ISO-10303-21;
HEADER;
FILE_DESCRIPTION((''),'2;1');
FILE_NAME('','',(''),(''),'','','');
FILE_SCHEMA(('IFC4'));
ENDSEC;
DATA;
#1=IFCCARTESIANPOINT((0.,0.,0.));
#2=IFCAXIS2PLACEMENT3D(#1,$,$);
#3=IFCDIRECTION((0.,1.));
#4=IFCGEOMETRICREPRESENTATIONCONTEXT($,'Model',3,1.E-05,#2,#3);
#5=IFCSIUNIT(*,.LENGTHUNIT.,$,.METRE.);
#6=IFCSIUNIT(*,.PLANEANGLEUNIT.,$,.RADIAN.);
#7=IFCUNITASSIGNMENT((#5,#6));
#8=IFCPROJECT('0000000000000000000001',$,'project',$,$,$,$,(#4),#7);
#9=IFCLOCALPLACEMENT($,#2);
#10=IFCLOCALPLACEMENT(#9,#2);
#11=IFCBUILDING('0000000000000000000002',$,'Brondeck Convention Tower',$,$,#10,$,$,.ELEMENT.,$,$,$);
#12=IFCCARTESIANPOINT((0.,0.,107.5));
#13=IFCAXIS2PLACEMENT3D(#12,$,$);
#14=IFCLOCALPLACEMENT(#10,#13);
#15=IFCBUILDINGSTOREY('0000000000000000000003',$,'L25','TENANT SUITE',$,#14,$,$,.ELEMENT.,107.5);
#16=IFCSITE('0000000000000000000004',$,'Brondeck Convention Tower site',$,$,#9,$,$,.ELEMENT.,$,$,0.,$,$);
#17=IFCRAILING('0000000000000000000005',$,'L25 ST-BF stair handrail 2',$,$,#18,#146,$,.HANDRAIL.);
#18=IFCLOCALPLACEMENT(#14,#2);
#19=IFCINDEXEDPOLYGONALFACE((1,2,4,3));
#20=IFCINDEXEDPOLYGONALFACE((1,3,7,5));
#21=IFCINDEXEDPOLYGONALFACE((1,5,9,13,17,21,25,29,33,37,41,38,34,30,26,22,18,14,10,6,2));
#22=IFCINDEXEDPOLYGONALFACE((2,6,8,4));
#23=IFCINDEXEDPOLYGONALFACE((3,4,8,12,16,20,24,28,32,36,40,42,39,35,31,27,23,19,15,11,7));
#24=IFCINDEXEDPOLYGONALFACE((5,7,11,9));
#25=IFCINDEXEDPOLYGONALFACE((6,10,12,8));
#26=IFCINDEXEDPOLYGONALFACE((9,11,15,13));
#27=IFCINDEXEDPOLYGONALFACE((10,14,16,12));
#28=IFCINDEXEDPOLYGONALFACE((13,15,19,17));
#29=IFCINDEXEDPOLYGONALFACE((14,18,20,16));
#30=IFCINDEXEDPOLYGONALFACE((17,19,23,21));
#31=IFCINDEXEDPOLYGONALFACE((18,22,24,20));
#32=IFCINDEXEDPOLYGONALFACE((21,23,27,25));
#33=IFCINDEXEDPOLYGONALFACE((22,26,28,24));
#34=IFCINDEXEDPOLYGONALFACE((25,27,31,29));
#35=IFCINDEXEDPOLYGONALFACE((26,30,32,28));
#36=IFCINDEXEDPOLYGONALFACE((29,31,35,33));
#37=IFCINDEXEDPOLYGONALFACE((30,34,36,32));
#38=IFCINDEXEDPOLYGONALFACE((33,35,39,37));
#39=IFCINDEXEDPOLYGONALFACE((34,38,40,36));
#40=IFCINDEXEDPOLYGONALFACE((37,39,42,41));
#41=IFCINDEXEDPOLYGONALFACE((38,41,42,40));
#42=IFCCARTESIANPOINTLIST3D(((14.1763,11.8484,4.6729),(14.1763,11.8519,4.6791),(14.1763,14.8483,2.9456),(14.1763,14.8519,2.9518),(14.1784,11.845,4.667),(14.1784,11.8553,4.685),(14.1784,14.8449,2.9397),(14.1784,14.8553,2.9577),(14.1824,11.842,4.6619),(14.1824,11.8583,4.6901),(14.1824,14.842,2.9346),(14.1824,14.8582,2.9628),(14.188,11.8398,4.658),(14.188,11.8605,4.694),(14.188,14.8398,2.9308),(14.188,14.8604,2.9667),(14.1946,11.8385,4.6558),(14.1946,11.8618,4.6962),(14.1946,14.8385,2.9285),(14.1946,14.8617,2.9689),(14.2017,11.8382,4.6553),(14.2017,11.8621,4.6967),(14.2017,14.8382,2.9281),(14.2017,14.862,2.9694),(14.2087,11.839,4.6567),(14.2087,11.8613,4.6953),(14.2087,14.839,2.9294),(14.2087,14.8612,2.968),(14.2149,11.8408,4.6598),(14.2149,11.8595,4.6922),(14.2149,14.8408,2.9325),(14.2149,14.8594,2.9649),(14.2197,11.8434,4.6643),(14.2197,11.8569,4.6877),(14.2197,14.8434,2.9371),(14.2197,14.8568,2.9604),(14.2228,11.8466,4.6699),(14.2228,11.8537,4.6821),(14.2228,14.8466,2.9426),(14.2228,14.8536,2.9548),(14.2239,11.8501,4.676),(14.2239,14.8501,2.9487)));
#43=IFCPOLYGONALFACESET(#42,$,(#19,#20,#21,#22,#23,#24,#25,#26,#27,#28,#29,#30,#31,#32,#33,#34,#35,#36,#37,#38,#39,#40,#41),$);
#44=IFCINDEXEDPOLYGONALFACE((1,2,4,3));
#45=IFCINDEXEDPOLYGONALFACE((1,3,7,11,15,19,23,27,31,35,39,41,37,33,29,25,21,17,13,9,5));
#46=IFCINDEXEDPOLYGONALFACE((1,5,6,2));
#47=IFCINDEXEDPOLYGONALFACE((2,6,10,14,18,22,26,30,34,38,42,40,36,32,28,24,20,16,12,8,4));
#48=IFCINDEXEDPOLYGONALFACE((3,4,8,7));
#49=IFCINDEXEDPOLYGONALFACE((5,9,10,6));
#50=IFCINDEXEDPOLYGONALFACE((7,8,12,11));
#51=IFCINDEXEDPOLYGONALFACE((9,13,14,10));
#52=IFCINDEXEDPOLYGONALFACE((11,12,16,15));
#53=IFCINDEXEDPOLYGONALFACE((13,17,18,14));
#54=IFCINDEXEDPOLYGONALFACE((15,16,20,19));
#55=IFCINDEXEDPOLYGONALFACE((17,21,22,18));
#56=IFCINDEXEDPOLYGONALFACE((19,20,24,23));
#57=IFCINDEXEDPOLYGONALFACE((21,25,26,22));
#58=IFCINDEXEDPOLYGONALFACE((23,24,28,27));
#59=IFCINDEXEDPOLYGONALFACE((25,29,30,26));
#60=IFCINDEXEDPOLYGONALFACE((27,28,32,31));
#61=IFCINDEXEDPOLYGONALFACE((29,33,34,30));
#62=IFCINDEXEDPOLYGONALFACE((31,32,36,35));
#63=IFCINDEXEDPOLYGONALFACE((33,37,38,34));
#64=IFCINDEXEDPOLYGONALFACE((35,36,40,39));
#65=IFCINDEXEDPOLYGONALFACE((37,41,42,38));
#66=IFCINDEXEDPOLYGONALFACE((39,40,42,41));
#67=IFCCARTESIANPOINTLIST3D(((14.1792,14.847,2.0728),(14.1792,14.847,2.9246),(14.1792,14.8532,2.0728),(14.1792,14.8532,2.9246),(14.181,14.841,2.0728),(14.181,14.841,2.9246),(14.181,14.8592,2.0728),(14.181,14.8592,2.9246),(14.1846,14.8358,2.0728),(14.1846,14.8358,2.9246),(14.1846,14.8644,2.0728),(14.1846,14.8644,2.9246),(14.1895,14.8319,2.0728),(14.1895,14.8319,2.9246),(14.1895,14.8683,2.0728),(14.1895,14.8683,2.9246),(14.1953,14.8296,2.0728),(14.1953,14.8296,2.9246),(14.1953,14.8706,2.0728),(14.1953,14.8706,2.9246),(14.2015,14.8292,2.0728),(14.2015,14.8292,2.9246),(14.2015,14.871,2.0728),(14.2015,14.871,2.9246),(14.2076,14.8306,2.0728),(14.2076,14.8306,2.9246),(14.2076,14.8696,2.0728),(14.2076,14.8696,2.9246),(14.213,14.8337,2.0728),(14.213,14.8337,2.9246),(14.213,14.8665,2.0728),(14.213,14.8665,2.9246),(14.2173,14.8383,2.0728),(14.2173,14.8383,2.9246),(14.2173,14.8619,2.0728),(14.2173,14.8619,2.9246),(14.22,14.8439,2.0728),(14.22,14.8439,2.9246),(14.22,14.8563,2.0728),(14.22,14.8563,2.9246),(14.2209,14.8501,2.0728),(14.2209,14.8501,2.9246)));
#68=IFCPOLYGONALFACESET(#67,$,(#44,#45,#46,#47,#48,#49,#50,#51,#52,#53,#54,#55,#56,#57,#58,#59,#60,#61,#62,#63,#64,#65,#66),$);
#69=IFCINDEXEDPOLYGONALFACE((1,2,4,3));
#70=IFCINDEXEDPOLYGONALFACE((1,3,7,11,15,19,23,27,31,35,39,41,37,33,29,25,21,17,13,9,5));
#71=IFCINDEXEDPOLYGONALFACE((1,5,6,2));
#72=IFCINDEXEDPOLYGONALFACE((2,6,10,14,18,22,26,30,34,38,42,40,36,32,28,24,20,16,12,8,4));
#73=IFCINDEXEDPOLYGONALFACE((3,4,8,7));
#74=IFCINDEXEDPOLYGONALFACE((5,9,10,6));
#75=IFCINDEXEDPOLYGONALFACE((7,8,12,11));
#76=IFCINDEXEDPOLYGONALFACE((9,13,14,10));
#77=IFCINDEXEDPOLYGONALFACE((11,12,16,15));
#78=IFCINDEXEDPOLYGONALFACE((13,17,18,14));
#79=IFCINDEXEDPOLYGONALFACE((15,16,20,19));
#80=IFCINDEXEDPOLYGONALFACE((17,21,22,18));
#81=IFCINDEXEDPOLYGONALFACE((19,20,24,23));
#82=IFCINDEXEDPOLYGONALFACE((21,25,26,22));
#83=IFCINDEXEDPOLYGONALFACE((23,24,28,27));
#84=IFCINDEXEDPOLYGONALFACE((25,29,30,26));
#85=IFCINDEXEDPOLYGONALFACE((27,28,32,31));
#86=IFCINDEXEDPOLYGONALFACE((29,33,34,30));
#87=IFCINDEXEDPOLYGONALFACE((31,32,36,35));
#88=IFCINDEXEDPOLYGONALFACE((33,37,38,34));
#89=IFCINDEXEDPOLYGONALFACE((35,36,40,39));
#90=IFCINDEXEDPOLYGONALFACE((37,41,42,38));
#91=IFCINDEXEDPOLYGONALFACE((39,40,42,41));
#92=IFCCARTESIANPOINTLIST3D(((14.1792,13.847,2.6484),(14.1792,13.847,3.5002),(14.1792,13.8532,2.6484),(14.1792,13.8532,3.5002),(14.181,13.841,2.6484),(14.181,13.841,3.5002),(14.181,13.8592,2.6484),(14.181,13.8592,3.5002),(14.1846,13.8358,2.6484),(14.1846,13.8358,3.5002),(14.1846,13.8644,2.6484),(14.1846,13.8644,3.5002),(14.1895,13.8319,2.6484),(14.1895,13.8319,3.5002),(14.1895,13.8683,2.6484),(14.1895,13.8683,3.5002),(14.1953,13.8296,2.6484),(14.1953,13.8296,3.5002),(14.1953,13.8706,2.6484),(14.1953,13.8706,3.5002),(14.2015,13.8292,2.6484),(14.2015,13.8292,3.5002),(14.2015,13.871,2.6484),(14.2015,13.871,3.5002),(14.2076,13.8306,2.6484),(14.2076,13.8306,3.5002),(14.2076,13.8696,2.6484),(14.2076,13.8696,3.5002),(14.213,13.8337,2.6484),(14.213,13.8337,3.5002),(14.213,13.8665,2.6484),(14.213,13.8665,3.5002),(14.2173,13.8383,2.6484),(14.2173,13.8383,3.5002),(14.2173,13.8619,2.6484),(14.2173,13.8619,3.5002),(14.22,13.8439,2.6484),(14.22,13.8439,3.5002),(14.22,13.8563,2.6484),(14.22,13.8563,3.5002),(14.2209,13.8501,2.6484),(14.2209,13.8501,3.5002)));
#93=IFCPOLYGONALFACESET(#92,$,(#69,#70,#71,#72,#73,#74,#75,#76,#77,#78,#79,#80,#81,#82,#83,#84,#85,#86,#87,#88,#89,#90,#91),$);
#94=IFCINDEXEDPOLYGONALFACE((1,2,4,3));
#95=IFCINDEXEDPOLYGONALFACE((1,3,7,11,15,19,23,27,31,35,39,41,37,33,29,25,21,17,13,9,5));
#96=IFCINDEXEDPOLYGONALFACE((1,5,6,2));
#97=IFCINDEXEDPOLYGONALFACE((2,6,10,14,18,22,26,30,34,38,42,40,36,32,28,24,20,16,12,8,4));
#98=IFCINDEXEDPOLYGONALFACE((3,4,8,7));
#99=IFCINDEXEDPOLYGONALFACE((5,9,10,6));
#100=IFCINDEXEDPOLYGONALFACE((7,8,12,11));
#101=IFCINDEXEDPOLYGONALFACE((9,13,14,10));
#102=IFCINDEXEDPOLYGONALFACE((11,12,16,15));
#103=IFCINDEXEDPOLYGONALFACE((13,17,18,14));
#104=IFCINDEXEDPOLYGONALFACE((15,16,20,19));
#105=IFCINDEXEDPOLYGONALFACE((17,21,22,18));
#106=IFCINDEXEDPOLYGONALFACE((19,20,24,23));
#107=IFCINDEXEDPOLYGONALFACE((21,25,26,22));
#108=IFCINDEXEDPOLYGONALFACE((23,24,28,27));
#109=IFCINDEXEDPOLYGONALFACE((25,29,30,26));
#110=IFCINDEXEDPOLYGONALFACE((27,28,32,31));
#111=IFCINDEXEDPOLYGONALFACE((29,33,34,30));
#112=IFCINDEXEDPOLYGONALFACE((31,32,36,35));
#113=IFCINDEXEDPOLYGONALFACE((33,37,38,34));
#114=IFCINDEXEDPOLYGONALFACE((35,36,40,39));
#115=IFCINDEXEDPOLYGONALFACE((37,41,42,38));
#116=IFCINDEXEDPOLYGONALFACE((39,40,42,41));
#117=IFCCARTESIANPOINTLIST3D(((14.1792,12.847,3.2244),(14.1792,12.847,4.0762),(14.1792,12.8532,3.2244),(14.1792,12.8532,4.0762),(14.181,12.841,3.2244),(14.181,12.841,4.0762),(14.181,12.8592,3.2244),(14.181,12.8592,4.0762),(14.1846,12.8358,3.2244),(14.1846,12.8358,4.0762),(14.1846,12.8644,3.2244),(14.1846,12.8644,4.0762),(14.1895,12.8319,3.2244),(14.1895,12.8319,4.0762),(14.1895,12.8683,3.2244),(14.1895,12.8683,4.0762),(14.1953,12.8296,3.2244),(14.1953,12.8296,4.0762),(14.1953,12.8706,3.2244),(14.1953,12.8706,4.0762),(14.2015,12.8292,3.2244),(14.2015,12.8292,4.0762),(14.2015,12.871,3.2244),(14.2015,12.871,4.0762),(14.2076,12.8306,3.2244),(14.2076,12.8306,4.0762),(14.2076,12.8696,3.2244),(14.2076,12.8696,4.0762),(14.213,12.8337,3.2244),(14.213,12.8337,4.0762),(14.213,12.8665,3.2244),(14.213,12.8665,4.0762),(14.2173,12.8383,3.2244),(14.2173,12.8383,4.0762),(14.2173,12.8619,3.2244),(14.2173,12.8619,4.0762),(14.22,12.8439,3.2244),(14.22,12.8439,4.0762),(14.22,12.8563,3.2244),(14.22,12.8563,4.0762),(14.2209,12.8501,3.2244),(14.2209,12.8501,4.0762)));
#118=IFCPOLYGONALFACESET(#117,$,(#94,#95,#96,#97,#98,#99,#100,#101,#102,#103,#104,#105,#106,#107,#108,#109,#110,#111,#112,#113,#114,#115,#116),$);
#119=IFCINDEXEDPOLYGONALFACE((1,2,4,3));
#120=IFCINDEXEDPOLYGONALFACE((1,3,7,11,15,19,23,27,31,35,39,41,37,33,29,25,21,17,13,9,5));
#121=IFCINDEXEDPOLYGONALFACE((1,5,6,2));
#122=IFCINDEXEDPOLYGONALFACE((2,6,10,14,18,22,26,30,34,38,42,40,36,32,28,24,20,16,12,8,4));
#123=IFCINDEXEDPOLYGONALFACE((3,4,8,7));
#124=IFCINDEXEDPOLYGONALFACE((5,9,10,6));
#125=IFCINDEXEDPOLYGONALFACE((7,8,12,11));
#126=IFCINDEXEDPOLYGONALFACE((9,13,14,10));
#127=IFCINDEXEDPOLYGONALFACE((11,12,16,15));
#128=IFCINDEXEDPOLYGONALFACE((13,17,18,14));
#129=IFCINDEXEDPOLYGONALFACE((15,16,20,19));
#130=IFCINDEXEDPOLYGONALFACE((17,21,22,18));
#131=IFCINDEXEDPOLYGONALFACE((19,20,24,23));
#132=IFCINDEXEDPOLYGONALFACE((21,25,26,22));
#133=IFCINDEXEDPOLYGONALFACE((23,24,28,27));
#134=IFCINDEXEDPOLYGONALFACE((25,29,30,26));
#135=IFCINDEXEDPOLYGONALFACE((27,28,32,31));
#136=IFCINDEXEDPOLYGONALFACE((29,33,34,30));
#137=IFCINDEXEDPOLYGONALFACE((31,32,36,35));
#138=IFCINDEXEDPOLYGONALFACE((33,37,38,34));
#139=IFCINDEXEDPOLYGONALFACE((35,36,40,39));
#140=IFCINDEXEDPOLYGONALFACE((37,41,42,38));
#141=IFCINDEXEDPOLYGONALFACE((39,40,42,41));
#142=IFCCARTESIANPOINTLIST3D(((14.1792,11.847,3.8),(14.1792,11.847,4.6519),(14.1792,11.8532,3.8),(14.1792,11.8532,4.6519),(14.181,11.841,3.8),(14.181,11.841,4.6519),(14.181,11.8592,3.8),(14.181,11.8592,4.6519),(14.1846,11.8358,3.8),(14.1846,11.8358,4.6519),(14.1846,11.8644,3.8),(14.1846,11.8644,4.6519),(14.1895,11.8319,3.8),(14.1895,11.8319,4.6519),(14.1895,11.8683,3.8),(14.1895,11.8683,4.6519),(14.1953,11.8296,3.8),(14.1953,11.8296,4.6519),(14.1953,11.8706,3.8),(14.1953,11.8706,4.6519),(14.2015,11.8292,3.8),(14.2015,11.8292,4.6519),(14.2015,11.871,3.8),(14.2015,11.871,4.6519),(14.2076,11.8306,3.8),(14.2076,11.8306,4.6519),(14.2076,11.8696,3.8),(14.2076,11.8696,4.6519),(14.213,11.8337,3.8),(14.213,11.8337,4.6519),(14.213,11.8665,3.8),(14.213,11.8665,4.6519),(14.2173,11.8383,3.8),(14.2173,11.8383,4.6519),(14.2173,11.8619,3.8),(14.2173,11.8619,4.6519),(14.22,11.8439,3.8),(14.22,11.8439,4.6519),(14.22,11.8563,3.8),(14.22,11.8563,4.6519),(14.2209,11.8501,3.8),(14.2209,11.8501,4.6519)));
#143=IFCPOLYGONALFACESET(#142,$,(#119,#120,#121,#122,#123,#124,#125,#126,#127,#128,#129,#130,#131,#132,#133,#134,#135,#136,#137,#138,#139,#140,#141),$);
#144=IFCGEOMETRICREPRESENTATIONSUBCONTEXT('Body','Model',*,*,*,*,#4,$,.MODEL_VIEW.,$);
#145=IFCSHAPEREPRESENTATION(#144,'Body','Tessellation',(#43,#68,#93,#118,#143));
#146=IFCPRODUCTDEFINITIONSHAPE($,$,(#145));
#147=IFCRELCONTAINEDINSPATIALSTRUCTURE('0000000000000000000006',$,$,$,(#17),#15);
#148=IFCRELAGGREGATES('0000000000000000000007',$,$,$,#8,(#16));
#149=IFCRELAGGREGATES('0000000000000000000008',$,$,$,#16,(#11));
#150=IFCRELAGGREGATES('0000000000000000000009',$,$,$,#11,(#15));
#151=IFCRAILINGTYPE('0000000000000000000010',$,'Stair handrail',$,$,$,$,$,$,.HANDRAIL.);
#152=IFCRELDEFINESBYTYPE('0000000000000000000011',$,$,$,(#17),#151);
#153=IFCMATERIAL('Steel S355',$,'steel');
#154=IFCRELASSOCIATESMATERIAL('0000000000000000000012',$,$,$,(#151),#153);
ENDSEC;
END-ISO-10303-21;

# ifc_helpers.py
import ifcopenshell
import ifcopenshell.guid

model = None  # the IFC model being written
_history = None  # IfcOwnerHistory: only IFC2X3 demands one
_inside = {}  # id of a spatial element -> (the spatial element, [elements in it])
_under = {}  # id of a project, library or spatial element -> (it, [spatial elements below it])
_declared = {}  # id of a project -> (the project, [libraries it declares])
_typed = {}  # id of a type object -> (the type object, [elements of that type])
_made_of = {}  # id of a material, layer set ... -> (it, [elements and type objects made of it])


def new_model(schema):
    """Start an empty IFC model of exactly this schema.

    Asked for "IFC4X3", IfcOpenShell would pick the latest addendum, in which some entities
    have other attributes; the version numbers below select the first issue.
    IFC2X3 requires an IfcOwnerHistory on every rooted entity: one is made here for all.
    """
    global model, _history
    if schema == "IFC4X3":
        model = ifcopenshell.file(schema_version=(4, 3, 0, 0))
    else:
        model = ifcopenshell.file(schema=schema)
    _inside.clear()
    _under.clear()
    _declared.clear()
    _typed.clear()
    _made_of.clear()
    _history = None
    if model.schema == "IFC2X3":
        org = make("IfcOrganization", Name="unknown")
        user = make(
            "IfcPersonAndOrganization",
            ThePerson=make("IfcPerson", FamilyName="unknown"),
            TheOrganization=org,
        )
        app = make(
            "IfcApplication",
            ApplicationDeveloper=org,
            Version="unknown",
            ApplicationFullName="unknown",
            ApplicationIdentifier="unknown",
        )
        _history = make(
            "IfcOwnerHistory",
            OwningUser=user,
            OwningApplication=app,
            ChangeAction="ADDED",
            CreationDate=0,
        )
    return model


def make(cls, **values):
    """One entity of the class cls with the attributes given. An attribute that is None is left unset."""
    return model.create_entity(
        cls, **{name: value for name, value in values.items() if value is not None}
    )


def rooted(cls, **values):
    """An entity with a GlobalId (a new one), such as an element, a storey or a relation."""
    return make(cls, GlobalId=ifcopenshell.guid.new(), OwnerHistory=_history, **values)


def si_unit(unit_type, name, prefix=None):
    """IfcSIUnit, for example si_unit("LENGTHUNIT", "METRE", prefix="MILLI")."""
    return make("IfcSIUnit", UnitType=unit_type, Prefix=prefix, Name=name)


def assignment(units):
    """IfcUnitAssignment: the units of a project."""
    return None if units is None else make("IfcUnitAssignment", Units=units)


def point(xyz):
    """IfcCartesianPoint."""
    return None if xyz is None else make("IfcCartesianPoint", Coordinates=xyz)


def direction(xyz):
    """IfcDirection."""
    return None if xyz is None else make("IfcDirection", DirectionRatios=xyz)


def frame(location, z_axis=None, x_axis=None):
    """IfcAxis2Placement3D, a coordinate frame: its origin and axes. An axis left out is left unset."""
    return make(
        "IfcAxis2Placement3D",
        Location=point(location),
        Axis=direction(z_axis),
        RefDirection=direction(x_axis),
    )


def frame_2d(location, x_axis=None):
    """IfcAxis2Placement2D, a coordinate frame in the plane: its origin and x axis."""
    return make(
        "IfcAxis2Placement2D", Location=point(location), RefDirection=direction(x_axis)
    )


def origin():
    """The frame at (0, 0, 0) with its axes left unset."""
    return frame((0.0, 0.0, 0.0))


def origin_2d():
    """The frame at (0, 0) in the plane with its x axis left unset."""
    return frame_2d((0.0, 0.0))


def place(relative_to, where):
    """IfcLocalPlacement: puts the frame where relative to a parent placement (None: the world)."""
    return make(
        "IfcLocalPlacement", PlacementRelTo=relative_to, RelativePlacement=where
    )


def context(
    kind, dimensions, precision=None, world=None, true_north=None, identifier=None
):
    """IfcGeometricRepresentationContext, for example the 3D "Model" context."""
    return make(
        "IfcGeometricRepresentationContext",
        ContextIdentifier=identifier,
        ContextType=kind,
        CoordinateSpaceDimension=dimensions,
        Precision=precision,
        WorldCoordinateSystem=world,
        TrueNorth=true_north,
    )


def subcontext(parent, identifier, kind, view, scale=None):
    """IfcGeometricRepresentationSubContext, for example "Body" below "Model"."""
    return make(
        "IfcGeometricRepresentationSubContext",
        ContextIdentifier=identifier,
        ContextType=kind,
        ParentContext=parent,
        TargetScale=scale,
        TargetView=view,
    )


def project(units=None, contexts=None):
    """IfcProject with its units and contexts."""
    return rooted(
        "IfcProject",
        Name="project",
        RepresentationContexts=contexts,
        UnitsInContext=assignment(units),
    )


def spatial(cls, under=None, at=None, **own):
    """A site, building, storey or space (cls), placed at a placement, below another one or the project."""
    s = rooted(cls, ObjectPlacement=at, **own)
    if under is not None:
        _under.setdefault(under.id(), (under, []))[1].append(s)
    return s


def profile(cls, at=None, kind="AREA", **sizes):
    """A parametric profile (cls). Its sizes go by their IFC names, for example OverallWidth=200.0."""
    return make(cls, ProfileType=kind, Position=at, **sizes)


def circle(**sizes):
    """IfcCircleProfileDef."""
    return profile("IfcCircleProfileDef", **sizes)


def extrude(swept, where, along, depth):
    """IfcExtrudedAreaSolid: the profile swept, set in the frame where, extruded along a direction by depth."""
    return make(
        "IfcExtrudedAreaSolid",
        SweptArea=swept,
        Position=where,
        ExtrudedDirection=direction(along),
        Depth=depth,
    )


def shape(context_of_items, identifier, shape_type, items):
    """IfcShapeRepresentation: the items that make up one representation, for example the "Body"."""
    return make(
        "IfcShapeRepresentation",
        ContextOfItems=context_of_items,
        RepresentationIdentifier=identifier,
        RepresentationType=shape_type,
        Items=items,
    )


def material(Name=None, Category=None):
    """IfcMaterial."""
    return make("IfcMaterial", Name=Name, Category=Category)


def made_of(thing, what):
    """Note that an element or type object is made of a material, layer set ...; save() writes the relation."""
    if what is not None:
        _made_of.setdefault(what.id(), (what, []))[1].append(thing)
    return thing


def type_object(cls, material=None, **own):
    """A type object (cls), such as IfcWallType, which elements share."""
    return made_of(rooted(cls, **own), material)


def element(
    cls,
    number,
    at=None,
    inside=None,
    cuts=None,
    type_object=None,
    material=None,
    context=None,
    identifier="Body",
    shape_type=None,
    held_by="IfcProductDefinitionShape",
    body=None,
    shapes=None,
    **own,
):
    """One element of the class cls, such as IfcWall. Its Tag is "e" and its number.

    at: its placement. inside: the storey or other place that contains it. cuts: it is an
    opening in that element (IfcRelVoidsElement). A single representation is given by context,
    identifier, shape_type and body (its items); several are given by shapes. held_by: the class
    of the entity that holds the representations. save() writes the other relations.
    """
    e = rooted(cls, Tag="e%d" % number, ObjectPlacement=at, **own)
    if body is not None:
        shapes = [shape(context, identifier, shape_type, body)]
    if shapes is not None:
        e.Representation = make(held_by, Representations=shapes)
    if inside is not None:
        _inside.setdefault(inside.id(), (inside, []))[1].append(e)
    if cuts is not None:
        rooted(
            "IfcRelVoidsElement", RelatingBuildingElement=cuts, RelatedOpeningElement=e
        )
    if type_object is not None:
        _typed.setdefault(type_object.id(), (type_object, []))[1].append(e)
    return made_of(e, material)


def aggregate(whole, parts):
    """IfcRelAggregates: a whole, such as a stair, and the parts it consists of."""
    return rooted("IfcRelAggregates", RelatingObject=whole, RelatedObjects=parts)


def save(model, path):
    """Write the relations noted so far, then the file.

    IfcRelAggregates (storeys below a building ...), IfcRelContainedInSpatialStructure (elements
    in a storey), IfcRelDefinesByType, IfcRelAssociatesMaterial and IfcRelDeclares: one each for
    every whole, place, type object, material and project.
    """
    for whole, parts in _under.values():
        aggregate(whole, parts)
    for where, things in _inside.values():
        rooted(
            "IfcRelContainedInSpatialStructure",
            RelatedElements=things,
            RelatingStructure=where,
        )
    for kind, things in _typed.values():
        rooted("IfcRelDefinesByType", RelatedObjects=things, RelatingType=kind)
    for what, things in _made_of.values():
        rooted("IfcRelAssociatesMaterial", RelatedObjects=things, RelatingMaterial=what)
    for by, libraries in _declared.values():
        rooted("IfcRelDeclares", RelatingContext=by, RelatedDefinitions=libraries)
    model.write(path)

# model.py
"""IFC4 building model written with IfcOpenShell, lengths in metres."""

from ifc_helpers import new_model, si_unit, direction, frame, origin, origin_2d, place, context, subcontext, project, spatial, circle, extrude, material, type_object, element, save


model = new_model("IFC4")

# Units and contexts
model_context = context("Model", 3, precision=1e-05, world=origin(), true_north=direction((0.0, 1.0)))
body_context = subcontext(model_context, "Body", "Model", "MODEL_VIEW")
ifc_project = project(units=[si_unit("LENGTHUNIT", "METRE"), si_unit("PLANEANGLEUNIT", "RADIAN")], contexts=[model_context])

# Site, building, storey
site_placement = place(None, origin())
site = spatial("IfcSite", under=ifc_project, at=site_placement, Name="Brondeck Convention Tower site", CompositionType="ELEMENT", RefElevation=0.0)
building_placement = place(site_placement, origin())
building = spatial("IfcBuilding", under=site, at=building_placement, Name="Brondeck Convention Tower", CompositionType="ELEMENT")
storey_placement = place(building_placement, frame((0.0, 0.0, 107.5)))
storey = spatial("IfcBuildingStorey", under=building, at=storey_placement, Name="L25", Description="TENANT SUITE", CompositionType="ELEMENT", Elevation=107.5)

# Shared definitions
ifc_material_1 = material(Name="Steel S355", Category="steel")

# Railing
railing_type_1 = type_object("IfcRailingType", Name="Stair handrail", PredefinedType="HANDRAIL", material=ifc_material_1)
railing_1_placement = place(storey_placement, frame((14.2, 14.8501, 2.0728)))
element("IfcRailing", 1, at=railing_1_placement, inside=storey, type_object=railing_type_1, Name="L25 ST-BF stair handrail 2", PredefinedType="HANDRAIL", context=body_context, shape_type="SweptSolid", body=[
    extrude(circle(Radius=0.0239, at=origin_2d()), frame((0.0, 0.0, 0.876), z_axis=(0.0, -0.86662, 0.498969), x_axis=(1.0, 0.0, 0.0)), (0.0, 0.0, 1.0), 3.4617),
    extrude(circle(Radius=0.021, at=origin_2d()), origin(), (0.0, 0.0, 1.0), 0.8518),
    extrude(circle(Radius=0.021, at=origin_2d()), frame((0.0, -1.0, 0.5757)), (0.0, 0.0, 1.0), 0.8518),
    extrude(circle(Radius=0.021, at=origin_2d()), frame((0.0, -2.0, 1.1516)), (0.0, 0.0, 1.0), 0.8518),
    extrude(circle(Radius=0.021, at=origin_2d()), frame((0.0, -3.0, 1.7273)), (0.0, 0.0, 1.0), 0.8518),
])

save(model, "model.ifc")
